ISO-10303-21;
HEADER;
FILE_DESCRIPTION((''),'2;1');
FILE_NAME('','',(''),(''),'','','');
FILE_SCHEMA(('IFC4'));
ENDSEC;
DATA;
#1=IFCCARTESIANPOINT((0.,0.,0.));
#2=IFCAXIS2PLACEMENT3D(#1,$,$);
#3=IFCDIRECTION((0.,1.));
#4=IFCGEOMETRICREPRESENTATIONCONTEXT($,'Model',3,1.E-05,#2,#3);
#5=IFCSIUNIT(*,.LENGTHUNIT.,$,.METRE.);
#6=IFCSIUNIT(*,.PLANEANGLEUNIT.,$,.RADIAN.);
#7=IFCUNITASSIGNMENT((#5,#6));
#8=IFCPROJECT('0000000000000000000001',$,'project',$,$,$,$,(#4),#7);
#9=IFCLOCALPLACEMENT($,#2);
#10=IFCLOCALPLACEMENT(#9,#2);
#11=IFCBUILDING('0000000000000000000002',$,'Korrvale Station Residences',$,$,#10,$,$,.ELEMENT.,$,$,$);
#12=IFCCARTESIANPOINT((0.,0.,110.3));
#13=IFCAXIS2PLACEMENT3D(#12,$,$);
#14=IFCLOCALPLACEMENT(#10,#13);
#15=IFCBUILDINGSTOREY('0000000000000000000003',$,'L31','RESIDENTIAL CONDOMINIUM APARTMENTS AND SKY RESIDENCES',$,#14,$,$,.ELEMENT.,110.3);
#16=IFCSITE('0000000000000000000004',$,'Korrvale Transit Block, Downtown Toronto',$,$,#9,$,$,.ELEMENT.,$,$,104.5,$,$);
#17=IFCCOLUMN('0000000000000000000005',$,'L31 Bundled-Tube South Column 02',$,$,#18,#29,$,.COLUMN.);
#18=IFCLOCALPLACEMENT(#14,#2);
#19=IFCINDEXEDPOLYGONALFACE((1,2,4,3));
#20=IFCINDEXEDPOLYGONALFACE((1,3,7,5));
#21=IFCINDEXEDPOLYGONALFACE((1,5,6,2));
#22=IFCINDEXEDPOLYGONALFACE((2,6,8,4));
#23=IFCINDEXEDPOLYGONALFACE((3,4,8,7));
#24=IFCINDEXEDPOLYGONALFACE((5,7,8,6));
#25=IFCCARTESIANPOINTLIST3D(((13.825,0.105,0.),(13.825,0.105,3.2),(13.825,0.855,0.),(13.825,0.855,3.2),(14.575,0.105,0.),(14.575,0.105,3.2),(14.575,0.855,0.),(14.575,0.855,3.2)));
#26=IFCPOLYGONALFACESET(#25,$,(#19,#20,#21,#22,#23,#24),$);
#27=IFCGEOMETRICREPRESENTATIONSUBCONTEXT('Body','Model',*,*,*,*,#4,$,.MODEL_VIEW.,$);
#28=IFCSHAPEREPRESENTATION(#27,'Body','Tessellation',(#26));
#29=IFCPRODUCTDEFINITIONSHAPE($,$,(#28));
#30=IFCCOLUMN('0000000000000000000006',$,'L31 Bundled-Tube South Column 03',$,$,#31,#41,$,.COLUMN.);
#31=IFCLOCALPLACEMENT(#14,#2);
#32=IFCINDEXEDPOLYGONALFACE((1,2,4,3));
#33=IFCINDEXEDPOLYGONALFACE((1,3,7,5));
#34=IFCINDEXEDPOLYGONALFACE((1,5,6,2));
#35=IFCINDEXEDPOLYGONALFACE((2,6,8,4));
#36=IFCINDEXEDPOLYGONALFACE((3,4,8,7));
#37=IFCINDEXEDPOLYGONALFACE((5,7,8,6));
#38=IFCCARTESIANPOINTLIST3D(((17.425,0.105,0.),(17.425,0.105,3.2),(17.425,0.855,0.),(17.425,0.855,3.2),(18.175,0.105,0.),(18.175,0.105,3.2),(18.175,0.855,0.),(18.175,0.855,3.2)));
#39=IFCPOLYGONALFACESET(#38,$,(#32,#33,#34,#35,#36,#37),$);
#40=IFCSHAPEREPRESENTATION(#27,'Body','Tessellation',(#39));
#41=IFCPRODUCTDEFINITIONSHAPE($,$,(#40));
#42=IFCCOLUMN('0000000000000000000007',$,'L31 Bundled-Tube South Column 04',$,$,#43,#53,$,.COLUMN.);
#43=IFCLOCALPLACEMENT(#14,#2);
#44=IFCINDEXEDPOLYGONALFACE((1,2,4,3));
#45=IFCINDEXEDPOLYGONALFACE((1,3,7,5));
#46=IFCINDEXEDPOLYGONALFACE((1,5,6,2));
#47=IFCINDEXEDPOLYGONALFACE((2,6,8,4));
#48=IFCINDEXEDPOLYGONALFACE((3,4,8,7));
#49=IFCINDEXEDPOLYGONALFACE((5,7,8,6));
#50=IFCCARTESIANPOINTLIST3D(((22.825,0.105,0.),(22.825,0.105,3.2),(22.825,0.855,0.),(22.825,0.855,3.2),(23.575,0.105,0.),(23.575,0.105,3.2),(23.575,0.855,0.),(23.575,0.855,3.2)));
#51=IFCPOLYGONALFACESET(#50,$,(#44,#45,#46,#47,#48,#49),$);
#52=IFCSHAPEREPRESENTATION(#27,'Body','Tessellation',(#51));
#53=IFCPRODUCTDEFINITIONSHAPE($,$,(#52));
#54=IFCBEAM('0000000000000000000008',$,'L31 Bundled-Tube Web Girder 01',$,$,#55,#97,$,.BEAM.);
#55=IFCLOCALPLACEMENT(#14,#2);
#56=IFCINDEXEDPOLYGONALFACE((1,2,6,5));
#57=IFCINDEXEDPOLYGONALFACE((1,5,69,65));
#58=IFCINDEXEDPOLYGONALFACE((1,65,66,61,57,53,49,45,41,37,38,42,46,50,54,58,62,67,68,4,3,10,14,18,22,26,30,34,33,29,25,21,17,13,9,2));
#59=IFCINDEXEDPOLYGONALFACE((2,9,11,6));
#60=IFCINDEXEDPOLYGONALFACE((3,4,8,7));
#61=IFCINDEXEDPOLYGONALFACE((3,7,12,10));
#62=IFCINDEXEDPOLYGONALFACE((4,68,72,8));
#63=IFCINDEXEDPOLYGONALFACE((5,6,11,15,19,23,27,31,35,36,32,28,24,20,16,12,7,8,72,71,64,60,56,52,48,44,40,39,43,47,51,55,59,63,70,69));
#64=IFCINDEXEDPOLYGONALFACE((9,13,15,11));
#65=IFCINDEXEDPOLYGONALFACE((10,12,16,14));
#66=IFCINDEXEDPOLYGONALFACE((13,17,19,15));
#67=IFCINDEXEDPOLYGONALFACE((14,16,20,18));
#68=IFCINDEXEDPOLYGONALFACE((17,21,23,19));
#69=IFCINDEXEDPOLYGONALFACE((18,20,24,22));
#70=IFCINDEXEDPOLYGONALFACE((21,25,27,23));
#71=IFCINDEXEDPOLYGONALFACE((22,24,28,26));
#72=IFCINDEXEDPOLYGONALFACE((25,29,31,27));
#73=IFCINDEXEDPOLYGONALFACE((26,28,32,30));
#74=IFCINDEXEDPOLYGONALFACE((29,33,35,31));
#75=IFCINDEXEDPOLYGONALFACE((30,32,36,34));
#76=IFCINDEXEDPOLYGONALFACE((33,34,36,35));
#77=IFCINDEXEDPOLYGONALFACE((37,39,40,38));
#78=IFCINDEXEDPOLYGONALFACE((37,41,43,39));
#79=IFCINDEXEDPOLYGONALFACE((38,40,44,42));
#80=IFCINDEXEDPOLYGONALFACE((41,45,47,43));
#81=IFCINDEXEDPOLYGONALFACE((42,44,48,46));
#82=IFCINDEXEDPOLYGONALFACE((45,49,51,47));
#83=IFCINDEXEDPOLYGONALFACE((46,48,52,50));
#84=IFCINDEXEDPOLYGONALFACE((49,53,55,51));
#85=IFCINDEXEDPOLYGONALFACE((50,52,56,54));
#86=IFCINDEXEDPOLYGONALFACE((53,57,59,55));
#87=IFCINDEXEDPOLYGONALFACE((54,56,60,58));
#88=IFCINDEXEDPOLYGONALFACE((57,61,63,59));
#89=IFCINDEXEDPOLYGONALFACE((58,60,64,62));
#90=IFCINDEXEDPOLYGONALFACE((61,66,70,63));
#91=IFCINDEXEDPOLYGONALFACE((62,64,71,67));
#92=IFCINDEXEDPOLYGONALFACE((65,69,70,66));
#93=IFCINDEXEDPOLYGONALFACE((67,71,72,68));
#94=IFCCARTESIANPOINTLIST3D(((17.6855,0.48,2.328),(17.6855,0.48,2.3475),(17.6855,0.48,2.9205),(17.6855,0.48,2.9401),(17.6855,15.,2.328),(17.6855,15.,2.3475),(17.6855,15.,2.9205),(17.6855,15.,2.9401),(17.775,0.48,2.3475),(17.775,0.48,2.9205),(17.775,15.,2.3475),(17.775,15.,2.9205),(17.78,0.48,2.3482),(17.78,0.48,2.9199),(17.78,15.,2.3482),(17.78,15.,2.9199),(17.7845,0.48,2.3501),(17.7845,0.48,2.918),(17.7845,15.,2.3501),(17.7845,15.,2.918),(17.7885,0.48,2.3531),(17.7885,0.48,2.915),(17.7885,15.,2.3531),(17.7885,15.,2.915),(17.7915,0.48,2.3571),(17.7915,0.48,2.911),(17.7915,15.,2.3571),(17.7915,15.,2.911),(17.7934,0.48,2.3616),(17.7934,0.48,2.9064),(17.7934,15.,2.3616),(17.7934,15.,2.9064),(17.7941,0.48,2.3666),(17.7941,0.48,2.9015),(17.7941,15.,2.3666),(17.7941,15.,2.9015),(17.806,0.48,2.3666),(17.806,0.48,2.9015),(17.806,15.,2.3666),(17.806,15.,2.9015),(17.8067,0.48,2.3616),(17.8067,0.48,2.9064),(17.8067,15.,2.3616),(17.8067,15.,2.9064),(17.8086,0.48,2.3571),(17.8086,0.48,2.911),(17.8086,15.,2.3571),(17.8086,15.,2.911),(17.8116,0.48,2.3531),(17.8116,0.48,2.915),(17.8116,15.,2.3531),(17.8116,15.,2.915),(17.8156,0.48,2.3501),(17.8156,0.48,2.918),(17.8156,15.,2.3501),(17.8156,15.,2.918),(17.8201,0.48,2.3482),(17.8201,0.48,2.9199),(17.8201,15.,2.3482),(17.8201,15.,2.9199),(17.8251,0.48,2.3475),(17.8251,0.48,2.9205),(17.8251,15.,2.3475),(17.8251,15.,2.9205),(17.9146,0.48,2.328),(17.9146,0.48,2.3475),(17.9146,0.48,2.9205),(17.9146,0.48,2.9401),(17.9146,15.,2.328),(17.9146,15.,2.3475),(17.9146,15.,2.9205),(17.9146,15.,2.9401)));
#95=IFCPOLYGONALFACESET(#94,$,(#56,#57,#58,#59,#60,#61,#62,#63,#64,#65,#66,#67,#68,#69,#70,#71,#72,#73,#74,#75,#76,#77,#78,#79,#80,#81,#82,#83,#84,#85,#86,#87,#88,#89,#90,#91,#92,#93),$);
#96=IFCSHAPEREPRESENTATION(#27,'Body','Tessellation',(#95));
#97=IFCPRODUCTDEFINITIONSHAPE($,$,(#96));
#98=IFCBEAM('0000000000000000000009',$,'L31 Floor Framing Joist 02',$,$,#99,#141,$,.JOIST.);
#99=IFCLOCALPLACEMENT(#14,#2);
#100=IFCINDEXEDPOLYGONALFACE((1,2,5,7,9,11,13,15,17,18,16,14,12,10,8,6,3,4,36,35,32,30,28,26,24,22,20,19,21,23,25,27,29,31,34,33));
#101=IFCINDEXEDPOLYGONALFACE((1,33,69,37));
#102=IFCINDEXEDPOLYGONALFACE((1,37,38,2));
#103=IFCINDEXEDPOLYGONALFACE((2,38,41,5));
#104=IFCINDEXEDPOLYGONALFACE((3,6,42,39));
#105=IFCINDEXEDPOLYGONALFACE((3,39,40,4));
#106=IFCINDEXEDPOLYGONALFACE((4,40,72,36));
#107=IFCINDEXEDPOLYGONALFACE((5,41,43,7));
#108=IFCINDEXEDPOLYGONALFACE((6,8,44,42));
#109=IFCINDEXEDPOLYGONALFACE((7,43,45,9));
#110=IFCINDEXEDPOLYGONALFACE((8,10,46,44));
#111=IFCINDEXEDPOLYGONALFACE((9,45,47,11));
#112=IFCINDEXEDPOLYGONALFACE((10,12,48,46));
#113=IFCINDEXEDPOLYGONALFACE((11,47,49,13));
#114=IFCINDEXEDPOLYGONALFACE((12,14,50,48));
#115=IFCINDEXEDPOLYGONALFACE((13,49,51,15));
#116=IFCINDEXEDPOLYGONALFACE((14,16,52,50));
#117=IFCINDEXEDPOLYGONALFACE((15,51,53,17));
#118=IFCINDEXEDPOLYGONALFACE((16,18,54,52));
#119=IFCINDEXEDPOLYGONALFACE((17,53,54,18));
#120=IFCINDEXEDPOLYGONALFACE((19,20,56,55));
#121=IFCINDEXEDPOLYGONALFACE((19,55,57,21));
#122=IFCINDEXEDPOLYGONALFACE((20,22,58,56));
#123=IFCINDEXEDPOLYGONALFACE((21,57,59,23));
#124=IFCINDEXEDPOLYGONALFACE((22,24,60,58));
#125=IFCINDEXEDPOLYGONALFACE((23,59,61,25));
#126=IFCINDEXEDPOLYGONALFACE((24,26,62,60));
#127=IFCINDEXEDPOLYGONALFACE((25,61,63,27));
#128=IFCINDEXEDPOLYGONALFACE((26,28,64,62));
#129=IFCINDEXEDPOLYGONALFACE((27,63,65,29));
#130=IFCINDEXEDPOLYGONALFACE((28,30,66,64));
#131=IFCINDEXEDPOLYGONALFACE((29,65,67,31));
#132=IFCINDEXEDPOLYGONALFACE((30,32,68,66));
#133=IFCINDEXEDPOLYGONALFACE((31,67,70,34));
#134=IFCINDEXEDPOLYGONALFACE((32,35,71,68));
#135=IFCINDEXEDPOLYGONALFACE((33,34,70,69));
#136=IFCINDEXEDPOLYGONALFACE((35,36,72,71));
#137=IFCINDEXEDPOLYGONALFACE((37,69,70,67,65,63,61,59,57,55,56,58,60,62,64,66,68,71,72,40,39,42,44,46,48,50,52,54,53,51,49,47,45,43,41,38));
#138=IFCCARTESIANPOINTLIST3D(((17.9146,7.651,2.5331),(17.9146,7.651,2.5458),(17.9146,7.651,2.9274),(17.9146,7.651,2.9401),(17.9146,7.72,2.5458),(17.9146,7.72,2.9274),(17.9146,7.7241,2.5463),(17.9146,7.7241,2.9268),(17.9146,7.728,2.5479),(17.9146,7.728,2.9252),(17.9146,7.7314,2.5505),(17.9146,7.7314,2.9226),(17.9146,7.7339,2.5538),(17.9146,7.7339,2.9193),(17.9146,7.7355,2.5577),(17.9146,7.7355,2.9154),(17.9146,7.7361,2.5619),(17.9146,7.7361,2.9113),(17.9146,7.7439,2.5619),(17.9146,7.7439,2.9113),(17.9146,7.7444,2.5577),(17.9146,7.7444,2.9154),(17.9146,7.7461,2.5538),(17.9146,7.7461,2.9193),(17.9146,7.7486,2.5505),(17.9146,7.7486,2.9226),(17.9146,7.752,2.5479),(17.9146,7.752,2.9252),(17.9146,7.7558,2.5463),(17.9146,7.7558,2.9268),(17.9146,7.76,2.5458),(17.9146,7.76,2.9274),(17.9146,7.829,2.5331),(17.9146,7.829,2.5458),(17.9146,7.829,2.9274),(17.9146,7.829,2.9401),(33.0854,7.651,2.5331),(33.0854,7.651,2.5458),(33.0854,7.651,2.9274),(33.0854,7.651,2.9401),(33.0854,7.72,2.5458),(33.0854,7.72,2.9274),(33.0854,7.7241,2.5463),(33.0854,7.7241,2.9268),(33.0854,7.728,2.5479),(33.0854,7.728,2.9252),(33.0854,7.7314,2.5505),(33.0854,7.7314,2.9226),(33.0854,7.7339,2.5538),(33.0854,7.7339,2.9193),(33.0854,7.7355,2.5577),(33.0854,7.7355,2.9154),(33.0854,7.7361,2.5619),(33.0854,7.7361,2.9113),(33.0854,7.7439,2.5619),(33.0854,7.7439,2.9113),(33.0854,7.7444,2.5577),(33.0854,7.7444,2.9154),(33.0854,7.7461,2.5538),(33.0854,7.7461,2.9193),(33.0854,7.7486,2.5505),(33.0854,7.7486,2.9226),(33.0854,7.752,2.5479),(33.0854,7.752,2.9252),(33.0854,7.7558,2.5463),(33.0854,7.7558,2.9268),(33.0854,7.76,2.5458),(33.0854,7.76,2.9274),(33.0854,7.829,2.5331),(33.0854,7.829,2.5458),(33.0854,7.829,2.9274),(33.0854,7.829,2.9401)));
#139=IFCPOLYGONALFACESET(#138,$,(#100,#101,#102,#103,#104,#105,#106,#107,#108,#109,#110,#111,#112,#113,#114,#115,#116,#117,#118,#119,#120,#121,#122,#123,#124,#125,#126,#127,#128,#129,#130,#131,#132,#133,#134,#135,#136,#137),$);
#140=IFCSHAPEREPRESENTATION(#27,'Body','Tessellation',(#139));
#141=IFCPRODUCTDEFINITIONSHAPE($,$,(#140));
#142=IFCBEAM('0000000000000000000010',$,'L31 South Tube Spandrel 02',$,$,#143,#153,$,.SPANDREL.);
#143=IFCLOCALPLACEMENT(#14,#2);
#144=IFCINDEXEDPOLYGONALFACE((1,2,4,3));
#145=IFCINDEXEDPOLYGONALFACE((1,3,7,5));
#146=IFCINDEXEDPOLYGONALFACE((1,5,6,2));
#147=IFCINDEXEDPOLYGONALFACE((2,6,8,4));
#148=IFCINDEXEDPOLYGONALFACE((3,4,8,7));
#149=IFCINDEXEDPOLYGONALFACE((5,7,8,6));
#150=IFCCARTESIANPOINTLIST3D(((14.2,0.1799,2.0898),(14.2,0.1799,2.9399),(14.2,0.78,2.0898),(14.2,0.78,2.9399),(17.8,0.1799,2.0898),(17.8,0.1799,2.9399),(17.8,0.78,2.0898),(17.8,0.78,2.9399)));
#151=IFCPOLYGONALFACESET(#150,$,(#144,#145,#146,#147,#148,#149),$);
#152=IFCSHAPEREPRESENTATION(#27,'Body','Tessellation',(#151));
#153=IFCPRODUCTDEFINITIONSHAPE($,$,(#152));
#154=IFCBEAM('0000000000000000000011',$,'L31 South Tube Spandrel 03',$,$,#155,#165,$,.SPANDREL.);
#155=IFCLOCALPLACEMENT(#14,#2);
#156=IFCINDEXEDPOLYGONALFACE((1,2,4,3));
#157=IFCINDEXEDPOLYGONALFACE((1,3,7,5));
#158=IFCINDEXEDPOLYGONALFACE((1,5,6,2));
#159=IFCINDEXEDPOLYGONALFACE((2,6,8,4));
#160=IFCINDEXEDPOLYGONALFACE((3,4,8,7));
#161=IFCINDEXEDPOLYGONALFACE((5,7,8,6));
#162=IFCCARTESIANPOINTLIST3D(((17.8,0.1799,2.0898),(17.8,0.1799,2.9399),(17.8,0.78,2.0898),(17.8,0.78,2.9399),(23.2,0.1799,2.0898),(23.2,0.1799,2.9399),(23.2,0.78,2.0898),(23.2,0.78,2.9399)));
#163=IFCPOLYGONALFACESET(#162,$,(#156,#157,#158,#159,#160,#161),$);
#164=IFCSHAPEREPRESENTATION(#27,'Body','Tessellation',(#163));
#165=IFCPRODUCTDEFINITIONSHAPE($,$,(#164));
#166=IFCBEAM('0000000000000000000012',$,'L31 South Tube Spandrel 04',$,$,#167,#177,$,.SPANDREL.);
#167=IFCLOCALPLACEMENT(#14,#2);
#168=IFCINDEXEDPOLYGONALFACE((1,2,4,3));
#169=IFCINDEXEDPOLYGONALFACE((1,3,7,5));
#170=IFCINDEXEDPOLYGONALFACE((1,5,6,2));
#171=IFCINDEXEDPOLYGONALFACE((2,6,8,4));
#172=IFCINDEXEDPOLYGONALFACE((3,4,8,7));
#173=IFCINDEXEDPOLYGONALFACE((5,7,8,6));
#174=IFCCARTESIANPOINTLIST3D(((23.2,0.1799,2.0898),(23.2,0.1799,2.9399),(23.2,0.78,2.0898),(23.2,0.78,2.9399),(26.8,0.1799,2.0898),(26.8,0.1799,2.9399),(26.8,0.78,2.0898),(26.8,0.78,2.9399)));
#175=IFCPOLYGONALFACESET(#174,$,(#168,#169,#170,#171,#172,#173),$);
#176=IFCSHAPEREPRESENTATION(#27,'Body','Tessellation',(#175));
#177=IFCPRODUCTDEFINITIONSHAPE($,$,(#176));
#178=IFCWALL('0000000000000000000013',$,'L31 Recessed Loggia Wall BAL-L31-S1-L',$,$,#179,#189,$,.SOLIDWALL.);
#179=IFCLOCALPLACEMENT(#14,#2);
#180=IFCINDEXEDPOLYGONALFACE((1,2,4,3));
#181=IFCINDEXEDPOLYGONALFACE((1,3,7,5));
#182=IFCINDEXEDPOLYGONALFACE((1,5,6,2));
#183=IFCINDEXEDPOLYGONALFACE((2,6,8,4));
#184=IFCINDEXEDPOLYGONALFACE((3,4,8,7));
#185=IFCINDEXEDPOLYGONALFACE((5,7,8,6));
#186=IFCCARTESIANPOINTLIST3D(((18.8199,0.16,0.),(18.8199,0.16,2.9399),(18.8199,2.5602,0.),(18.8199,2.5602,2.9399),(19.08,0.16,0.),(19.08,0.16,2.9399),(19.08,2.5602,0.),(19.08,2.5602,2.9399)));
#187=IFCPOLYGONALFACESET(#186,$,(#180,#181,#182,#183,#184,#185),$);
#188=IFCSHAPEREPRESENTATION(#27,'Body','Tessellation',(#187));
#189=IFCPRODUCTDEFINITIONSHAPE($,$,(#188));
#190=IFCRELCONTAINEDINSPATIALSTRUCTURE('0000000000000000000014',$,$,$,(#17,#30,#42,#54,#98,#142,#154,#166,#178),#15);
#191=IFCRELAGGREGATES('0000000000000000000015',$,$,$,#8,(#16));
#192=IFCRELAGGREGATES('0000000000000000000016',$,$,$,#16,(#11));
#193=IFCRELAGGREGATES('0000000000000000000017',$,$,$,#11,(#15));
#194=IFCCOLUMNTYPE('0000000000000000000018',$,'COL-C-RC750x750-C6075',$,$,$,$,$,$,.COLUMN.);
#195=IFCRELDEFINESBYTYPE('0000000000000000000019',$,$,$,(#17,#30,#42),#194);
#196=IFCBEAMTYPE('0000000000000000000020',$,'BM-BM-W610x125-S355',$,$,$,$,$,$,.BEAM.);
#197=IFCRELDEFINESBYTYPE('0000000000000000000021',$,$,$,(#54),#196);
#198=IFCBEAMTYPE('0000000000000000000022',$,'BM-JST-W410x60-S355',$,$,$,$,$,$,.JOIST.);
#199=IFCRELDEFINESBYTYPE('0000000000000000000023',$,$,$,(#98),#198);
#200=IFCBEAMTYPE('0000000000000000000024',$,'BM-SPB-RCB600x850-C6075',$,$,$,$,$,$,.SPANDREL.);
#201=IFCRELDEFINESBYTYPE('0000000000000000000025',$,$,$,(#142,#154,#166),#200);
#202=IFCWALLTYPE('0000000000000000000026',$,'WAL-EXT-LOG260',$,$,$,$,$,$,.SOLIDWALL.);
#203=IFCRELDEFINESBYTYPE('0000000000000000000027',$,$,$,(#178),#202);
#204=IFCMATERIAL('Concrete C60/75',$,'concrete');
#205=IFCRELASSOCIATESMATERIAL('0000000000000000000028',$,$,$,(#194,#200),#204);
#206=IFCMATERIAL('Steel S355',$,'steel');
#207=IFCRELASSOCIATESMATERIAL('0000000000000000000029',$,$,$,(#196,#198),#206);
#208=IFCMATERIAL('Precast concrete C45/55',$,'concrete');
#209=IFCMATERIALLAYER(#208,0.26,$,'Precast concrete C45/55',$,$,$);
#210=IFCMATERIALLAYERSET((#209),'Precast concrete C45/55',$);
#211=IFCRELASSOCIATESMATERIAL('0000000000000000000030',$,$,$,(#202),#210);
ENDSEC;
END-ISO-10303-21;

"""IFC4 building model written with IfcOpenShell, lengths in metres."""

from ifc_helpers import new_model, si_unit, direction, frame, frame_2d, origin, origin_2d, place, context, subcontext, project, spatial, rectangle, i_section, extrude, material, layer, layer_set, material_profile, profile_set, type_object, element, save


model = new_model("IFC4")

# Units and contexts
model_context = context("Model", 3, precision=1e-05, world=origin(), true_north=direction((0.0, 1.0)))
body_context = subcontext(model_context, "Body", "Model", "MODEL_VIEW")
ifc_project = project(units=[si_unit("LENGTHUNIT", "METRE"), si_unit("PLANEANGLEUNIT", "RADIAN")], contexts=[model_context])

# Site, building, storey
site_placement = place(None, origin())
site = spatial("IfcSite", under=ifc_project, at=site_placement, Name="Korrvale Transit Block, Downtown Toronto", CompositionType="ELEMENT", RefElevation=104.5)
building_placement = place(site_placement, origin())
building = spatial("IfcBuilding", under=site, at=building_placement, Name="Korrvale Station Residences", CompositionType="ELEMENT")
storey_placement = place(building_placement, frame((0.0, 0.0, 110.3)))
storey = spatial("IfcBuildingStorey", under=building, at=storey_placement, Name="L31", Description="RESIDENTIAL CONDOMINIUM APARTMENTS AND SKY RESIDENCES", CompositionType="ELEMENT", Elevation=110.3)

# Columns
ifc_material_1 = material(Name="Concrete C60/75", Category="concrete")
ifc_material_profile_1 = material_profile(ifc_material_1, rectangle(XDim=0.75, YDim=0.75, at=origin_2d()), Name="RC750x750")
ifc_profile_set_1 = profile_set([ifc_material_profile_1], Name="Concrete C60/75")
column_type = type_object("IfcColumnType", Name="COL-C-RC750x750-C6075", PredefinedType="COLUMN", material=ifc_profile_set_1)
for number, where, z_axis, x_axis, name in (
    (1, (14.2, 0.48, 0.0), (0.0, 0.0, 1.0), (1.0, 0.0, 0.0), "L31 Bundled-Tube South Column 02"),
    (2, (17.8, 0.48, 0.0), (0.0, 0.0, 1.0), (1.0, 0.0, 0.0), "L31 Bundled-Tube South Column 03"),
    (3, (23.2, 0.48, 0.0), (0.0, 0.0, 1.0), (1.0, 0.0, 0.0), "L31 Bundled-Tube South Column 04"),
):
    element("IfcColumn", number, at=place(storey_placement, frame(where, z_axis=z_axis, x_axis=x_axis)), inside=storey, type_object=column_type, Name=name, PredefinedType="COLUMN", context=body_context, shape_type="SweptSolid", body=[
        extrude(rectangle(XDim=0.75, YDim=0.75, at=origin_2d()), origin(), (0.0, 0.0, 1.0), 3.2),
    ])

# Beams
ifc_material_2 = material(Name="Steel S355", Category="steel")
ifc_material_profile_2 = material_profile(ifc_material_2, i_section(OverallWidth=0.229, OverallDepth=0.6121, WebThickness=0.012, FlangeThickness=0.0195, FilletRadius=0.019, at=origin_2d()), Name="W610x125")
ifc_profile_set_2 = profile_set([ifc_material_profile_2], Name="Steel S355")
beam_type_1 = type_object("IfcBeamType", Name="BM-BM-W610x125-S355", PredefinedType="BEAM", material=ifc_profile_set_2)
beam_1_placement = place(storey_placement, frame((17.8, 0.48, 2.634), z_axis=(0.0, 1.0, 0.0), x_axis=(-1.0, 0.0, 0.0)))
element("IfcBeam", 4, at=beam_1_placement, inside=storey, type_object=beam_type_1, Name="L31 Bundled-Tube Web Girder 01", PredefinedType="BEAM", context=body_context, shape_type="SweptSolid", body=[
    extrude(i_section(OverallWidth=0.229, OverallDepth=0.6121, WebThickness=0.012, FlangeThickness=0.0195, FilletRadius=0.019, at=origin_2d()), origin(), (0.0, 0.0, 1.0), 14.52),
])
ifc_material_profile_3 = material_profile(ifc_material_2, i_section(OverallWidth=0.178, OverallDepth=0.407, WebThickness=0.0078, FlangeThickness=0.0127, FilletRadius=0.0161, at=origin_2d()), Name="W410x60")
ifc_profile_set_3 = profile_set([ifc_material_profile_3], Name="Steel S355")
beam_type_2 = type_object("IfcBeamType", Name="BM-JST-W410x60-S355", PredefinedType="JOIST", material=ifc_profile_set_3)
beam_2_placement = place(storey_placement, frame((17.9146, 7.74, 2.7366), z_axis=(1.0, 0.0, 0.0), x_axis=(0.0, 1.0, 0.0)))
element("IfcBeam", 5, at=beam_2_placement, inside=storey, type_object=beam_type_2, Name="L31 Floor Framing Joist 02", PredefinedType="JOIST", context=body_context, shape_type="SweptSolid", body=[
    extrude(i_section(OverallWidth=0.178, OverallDepth=0.407, WebThickness=0.0078, FlangeThickness=0.0127, FilletRadius=0.0161, at=origin_2d()), origin(), (0.0, 0.0, 1.0), 15.1709),
])
ifc_material_profile_4 = material_profile(ifc_material_1, rectangle(XDim=0.6001, YDim=0.8501, at=origin_2d()), Name="RCB600x850")
ifc_profile_set_4 = profile_set([ifc_material_profile_4], Name="Concrete C60/75")
beam_type_3 = type_object("IfcBeamType", Name="BM-SPB-RCB600x850-C6075", PredefinedType="SPANDREL", material=ifc_profile_set_4)
beam_3_placement = place(storey_placement, frame((14.2, 0.48, 2.5149), z_axis=(1.0, 0.0, 0.0), x_axis=(0.0, 1.0, 0.0)))
element("IfcBeam", 6, at=beam_3_placement, inside=storey, type_object=beam_type_3, Name="L31 South Tube Spandrel 02", PredefinedType="SPANDREL", context=body_context, shape_type="SweptSolid", body=[
    extrude(rectangle(XDim=0.6001, YDim=0.8501, at=origin_2d()), origin(), (0.0, 0.0, 1.0), 3.6001),
])
beam_4_placement = place(storey_placement, frame((17.8, 0.48, 2.5149), z_axis=(1.0, 0.0, 0.0), x_axis=(0.0, 1.0, 0.0)))
element("IfcBeam", 7, at=beam_4_placement, inside=storey, type_object=beam_type_3, Name="L31 South Tube Spandrel 03", PredefinedType="SPANDREL", context=body_context, shape_type="SweptSolid", body=[
    extrude(rectangle(XDim=0.6001, YDim=0.8501, at=origin_2d()), origin(), (0.0, 0.0, 1.0), 5.3999),
])
beam_5_placement = place(storey_placement, frame((23.2, 0.48, 2.5149), z_axis=(1.0, 0.0, 0.0), x_axis=(0.0, 1.0, 0.0)))
element("IfcBeam", 8, at=beam_5_placement, inside=storey, type_object=beam_type_3, Name="L31 South Tube Spandrel 04", PredefinedType="SPANDREL", context=body_context, shape_type="SweptSolid", body=[
    extrude(rectangle(XDim=0.6001, YDim=0.8501, at=origin_2d()), origin(), (0.0, 0.0, 1.0), 3.6001),
])

# Wall
ifc_material_3 = material(Name="Precast concrete C45/55", Category="concrete")
ifc_layer_1 = layer(ifc_material_3, 0.26, Name="Precast concrete C45/55")
ifc_layer_set_1 = layer_set([ifc_layer_1], Name="Precast concrete C45/55")
wall_type_1 = type_object("IfcWallType", Name="WAL-EXT-LOG260", PredefinedType="SOLIDWALL", material=ifc_layer_set_1)
wall_1_placement = place(storey_placement, frame((18.95, 0.1599, 0.0), z_axis=(0.0, 0.0, 1.0), x_axis=(0.0, 1.0, 0.0)))
element("IfcWall", 9, at=wall_1_placement, inside=storey, type_object=wall_type_1, Name="L31 Recessed Loggia Wall BAL-L31-S1-L", PredefinedType="SOLIDWALL", context=body_context, shape_type="SweptSolid", body=[
    extrude(rectangle(XDim=2.4001, YDim=0.26, at=frame_2d((1.2002, 0.0))), origin(), (0.0, 0.0, 1.0), 2.9399),
])

save(model, "model.ifc")
